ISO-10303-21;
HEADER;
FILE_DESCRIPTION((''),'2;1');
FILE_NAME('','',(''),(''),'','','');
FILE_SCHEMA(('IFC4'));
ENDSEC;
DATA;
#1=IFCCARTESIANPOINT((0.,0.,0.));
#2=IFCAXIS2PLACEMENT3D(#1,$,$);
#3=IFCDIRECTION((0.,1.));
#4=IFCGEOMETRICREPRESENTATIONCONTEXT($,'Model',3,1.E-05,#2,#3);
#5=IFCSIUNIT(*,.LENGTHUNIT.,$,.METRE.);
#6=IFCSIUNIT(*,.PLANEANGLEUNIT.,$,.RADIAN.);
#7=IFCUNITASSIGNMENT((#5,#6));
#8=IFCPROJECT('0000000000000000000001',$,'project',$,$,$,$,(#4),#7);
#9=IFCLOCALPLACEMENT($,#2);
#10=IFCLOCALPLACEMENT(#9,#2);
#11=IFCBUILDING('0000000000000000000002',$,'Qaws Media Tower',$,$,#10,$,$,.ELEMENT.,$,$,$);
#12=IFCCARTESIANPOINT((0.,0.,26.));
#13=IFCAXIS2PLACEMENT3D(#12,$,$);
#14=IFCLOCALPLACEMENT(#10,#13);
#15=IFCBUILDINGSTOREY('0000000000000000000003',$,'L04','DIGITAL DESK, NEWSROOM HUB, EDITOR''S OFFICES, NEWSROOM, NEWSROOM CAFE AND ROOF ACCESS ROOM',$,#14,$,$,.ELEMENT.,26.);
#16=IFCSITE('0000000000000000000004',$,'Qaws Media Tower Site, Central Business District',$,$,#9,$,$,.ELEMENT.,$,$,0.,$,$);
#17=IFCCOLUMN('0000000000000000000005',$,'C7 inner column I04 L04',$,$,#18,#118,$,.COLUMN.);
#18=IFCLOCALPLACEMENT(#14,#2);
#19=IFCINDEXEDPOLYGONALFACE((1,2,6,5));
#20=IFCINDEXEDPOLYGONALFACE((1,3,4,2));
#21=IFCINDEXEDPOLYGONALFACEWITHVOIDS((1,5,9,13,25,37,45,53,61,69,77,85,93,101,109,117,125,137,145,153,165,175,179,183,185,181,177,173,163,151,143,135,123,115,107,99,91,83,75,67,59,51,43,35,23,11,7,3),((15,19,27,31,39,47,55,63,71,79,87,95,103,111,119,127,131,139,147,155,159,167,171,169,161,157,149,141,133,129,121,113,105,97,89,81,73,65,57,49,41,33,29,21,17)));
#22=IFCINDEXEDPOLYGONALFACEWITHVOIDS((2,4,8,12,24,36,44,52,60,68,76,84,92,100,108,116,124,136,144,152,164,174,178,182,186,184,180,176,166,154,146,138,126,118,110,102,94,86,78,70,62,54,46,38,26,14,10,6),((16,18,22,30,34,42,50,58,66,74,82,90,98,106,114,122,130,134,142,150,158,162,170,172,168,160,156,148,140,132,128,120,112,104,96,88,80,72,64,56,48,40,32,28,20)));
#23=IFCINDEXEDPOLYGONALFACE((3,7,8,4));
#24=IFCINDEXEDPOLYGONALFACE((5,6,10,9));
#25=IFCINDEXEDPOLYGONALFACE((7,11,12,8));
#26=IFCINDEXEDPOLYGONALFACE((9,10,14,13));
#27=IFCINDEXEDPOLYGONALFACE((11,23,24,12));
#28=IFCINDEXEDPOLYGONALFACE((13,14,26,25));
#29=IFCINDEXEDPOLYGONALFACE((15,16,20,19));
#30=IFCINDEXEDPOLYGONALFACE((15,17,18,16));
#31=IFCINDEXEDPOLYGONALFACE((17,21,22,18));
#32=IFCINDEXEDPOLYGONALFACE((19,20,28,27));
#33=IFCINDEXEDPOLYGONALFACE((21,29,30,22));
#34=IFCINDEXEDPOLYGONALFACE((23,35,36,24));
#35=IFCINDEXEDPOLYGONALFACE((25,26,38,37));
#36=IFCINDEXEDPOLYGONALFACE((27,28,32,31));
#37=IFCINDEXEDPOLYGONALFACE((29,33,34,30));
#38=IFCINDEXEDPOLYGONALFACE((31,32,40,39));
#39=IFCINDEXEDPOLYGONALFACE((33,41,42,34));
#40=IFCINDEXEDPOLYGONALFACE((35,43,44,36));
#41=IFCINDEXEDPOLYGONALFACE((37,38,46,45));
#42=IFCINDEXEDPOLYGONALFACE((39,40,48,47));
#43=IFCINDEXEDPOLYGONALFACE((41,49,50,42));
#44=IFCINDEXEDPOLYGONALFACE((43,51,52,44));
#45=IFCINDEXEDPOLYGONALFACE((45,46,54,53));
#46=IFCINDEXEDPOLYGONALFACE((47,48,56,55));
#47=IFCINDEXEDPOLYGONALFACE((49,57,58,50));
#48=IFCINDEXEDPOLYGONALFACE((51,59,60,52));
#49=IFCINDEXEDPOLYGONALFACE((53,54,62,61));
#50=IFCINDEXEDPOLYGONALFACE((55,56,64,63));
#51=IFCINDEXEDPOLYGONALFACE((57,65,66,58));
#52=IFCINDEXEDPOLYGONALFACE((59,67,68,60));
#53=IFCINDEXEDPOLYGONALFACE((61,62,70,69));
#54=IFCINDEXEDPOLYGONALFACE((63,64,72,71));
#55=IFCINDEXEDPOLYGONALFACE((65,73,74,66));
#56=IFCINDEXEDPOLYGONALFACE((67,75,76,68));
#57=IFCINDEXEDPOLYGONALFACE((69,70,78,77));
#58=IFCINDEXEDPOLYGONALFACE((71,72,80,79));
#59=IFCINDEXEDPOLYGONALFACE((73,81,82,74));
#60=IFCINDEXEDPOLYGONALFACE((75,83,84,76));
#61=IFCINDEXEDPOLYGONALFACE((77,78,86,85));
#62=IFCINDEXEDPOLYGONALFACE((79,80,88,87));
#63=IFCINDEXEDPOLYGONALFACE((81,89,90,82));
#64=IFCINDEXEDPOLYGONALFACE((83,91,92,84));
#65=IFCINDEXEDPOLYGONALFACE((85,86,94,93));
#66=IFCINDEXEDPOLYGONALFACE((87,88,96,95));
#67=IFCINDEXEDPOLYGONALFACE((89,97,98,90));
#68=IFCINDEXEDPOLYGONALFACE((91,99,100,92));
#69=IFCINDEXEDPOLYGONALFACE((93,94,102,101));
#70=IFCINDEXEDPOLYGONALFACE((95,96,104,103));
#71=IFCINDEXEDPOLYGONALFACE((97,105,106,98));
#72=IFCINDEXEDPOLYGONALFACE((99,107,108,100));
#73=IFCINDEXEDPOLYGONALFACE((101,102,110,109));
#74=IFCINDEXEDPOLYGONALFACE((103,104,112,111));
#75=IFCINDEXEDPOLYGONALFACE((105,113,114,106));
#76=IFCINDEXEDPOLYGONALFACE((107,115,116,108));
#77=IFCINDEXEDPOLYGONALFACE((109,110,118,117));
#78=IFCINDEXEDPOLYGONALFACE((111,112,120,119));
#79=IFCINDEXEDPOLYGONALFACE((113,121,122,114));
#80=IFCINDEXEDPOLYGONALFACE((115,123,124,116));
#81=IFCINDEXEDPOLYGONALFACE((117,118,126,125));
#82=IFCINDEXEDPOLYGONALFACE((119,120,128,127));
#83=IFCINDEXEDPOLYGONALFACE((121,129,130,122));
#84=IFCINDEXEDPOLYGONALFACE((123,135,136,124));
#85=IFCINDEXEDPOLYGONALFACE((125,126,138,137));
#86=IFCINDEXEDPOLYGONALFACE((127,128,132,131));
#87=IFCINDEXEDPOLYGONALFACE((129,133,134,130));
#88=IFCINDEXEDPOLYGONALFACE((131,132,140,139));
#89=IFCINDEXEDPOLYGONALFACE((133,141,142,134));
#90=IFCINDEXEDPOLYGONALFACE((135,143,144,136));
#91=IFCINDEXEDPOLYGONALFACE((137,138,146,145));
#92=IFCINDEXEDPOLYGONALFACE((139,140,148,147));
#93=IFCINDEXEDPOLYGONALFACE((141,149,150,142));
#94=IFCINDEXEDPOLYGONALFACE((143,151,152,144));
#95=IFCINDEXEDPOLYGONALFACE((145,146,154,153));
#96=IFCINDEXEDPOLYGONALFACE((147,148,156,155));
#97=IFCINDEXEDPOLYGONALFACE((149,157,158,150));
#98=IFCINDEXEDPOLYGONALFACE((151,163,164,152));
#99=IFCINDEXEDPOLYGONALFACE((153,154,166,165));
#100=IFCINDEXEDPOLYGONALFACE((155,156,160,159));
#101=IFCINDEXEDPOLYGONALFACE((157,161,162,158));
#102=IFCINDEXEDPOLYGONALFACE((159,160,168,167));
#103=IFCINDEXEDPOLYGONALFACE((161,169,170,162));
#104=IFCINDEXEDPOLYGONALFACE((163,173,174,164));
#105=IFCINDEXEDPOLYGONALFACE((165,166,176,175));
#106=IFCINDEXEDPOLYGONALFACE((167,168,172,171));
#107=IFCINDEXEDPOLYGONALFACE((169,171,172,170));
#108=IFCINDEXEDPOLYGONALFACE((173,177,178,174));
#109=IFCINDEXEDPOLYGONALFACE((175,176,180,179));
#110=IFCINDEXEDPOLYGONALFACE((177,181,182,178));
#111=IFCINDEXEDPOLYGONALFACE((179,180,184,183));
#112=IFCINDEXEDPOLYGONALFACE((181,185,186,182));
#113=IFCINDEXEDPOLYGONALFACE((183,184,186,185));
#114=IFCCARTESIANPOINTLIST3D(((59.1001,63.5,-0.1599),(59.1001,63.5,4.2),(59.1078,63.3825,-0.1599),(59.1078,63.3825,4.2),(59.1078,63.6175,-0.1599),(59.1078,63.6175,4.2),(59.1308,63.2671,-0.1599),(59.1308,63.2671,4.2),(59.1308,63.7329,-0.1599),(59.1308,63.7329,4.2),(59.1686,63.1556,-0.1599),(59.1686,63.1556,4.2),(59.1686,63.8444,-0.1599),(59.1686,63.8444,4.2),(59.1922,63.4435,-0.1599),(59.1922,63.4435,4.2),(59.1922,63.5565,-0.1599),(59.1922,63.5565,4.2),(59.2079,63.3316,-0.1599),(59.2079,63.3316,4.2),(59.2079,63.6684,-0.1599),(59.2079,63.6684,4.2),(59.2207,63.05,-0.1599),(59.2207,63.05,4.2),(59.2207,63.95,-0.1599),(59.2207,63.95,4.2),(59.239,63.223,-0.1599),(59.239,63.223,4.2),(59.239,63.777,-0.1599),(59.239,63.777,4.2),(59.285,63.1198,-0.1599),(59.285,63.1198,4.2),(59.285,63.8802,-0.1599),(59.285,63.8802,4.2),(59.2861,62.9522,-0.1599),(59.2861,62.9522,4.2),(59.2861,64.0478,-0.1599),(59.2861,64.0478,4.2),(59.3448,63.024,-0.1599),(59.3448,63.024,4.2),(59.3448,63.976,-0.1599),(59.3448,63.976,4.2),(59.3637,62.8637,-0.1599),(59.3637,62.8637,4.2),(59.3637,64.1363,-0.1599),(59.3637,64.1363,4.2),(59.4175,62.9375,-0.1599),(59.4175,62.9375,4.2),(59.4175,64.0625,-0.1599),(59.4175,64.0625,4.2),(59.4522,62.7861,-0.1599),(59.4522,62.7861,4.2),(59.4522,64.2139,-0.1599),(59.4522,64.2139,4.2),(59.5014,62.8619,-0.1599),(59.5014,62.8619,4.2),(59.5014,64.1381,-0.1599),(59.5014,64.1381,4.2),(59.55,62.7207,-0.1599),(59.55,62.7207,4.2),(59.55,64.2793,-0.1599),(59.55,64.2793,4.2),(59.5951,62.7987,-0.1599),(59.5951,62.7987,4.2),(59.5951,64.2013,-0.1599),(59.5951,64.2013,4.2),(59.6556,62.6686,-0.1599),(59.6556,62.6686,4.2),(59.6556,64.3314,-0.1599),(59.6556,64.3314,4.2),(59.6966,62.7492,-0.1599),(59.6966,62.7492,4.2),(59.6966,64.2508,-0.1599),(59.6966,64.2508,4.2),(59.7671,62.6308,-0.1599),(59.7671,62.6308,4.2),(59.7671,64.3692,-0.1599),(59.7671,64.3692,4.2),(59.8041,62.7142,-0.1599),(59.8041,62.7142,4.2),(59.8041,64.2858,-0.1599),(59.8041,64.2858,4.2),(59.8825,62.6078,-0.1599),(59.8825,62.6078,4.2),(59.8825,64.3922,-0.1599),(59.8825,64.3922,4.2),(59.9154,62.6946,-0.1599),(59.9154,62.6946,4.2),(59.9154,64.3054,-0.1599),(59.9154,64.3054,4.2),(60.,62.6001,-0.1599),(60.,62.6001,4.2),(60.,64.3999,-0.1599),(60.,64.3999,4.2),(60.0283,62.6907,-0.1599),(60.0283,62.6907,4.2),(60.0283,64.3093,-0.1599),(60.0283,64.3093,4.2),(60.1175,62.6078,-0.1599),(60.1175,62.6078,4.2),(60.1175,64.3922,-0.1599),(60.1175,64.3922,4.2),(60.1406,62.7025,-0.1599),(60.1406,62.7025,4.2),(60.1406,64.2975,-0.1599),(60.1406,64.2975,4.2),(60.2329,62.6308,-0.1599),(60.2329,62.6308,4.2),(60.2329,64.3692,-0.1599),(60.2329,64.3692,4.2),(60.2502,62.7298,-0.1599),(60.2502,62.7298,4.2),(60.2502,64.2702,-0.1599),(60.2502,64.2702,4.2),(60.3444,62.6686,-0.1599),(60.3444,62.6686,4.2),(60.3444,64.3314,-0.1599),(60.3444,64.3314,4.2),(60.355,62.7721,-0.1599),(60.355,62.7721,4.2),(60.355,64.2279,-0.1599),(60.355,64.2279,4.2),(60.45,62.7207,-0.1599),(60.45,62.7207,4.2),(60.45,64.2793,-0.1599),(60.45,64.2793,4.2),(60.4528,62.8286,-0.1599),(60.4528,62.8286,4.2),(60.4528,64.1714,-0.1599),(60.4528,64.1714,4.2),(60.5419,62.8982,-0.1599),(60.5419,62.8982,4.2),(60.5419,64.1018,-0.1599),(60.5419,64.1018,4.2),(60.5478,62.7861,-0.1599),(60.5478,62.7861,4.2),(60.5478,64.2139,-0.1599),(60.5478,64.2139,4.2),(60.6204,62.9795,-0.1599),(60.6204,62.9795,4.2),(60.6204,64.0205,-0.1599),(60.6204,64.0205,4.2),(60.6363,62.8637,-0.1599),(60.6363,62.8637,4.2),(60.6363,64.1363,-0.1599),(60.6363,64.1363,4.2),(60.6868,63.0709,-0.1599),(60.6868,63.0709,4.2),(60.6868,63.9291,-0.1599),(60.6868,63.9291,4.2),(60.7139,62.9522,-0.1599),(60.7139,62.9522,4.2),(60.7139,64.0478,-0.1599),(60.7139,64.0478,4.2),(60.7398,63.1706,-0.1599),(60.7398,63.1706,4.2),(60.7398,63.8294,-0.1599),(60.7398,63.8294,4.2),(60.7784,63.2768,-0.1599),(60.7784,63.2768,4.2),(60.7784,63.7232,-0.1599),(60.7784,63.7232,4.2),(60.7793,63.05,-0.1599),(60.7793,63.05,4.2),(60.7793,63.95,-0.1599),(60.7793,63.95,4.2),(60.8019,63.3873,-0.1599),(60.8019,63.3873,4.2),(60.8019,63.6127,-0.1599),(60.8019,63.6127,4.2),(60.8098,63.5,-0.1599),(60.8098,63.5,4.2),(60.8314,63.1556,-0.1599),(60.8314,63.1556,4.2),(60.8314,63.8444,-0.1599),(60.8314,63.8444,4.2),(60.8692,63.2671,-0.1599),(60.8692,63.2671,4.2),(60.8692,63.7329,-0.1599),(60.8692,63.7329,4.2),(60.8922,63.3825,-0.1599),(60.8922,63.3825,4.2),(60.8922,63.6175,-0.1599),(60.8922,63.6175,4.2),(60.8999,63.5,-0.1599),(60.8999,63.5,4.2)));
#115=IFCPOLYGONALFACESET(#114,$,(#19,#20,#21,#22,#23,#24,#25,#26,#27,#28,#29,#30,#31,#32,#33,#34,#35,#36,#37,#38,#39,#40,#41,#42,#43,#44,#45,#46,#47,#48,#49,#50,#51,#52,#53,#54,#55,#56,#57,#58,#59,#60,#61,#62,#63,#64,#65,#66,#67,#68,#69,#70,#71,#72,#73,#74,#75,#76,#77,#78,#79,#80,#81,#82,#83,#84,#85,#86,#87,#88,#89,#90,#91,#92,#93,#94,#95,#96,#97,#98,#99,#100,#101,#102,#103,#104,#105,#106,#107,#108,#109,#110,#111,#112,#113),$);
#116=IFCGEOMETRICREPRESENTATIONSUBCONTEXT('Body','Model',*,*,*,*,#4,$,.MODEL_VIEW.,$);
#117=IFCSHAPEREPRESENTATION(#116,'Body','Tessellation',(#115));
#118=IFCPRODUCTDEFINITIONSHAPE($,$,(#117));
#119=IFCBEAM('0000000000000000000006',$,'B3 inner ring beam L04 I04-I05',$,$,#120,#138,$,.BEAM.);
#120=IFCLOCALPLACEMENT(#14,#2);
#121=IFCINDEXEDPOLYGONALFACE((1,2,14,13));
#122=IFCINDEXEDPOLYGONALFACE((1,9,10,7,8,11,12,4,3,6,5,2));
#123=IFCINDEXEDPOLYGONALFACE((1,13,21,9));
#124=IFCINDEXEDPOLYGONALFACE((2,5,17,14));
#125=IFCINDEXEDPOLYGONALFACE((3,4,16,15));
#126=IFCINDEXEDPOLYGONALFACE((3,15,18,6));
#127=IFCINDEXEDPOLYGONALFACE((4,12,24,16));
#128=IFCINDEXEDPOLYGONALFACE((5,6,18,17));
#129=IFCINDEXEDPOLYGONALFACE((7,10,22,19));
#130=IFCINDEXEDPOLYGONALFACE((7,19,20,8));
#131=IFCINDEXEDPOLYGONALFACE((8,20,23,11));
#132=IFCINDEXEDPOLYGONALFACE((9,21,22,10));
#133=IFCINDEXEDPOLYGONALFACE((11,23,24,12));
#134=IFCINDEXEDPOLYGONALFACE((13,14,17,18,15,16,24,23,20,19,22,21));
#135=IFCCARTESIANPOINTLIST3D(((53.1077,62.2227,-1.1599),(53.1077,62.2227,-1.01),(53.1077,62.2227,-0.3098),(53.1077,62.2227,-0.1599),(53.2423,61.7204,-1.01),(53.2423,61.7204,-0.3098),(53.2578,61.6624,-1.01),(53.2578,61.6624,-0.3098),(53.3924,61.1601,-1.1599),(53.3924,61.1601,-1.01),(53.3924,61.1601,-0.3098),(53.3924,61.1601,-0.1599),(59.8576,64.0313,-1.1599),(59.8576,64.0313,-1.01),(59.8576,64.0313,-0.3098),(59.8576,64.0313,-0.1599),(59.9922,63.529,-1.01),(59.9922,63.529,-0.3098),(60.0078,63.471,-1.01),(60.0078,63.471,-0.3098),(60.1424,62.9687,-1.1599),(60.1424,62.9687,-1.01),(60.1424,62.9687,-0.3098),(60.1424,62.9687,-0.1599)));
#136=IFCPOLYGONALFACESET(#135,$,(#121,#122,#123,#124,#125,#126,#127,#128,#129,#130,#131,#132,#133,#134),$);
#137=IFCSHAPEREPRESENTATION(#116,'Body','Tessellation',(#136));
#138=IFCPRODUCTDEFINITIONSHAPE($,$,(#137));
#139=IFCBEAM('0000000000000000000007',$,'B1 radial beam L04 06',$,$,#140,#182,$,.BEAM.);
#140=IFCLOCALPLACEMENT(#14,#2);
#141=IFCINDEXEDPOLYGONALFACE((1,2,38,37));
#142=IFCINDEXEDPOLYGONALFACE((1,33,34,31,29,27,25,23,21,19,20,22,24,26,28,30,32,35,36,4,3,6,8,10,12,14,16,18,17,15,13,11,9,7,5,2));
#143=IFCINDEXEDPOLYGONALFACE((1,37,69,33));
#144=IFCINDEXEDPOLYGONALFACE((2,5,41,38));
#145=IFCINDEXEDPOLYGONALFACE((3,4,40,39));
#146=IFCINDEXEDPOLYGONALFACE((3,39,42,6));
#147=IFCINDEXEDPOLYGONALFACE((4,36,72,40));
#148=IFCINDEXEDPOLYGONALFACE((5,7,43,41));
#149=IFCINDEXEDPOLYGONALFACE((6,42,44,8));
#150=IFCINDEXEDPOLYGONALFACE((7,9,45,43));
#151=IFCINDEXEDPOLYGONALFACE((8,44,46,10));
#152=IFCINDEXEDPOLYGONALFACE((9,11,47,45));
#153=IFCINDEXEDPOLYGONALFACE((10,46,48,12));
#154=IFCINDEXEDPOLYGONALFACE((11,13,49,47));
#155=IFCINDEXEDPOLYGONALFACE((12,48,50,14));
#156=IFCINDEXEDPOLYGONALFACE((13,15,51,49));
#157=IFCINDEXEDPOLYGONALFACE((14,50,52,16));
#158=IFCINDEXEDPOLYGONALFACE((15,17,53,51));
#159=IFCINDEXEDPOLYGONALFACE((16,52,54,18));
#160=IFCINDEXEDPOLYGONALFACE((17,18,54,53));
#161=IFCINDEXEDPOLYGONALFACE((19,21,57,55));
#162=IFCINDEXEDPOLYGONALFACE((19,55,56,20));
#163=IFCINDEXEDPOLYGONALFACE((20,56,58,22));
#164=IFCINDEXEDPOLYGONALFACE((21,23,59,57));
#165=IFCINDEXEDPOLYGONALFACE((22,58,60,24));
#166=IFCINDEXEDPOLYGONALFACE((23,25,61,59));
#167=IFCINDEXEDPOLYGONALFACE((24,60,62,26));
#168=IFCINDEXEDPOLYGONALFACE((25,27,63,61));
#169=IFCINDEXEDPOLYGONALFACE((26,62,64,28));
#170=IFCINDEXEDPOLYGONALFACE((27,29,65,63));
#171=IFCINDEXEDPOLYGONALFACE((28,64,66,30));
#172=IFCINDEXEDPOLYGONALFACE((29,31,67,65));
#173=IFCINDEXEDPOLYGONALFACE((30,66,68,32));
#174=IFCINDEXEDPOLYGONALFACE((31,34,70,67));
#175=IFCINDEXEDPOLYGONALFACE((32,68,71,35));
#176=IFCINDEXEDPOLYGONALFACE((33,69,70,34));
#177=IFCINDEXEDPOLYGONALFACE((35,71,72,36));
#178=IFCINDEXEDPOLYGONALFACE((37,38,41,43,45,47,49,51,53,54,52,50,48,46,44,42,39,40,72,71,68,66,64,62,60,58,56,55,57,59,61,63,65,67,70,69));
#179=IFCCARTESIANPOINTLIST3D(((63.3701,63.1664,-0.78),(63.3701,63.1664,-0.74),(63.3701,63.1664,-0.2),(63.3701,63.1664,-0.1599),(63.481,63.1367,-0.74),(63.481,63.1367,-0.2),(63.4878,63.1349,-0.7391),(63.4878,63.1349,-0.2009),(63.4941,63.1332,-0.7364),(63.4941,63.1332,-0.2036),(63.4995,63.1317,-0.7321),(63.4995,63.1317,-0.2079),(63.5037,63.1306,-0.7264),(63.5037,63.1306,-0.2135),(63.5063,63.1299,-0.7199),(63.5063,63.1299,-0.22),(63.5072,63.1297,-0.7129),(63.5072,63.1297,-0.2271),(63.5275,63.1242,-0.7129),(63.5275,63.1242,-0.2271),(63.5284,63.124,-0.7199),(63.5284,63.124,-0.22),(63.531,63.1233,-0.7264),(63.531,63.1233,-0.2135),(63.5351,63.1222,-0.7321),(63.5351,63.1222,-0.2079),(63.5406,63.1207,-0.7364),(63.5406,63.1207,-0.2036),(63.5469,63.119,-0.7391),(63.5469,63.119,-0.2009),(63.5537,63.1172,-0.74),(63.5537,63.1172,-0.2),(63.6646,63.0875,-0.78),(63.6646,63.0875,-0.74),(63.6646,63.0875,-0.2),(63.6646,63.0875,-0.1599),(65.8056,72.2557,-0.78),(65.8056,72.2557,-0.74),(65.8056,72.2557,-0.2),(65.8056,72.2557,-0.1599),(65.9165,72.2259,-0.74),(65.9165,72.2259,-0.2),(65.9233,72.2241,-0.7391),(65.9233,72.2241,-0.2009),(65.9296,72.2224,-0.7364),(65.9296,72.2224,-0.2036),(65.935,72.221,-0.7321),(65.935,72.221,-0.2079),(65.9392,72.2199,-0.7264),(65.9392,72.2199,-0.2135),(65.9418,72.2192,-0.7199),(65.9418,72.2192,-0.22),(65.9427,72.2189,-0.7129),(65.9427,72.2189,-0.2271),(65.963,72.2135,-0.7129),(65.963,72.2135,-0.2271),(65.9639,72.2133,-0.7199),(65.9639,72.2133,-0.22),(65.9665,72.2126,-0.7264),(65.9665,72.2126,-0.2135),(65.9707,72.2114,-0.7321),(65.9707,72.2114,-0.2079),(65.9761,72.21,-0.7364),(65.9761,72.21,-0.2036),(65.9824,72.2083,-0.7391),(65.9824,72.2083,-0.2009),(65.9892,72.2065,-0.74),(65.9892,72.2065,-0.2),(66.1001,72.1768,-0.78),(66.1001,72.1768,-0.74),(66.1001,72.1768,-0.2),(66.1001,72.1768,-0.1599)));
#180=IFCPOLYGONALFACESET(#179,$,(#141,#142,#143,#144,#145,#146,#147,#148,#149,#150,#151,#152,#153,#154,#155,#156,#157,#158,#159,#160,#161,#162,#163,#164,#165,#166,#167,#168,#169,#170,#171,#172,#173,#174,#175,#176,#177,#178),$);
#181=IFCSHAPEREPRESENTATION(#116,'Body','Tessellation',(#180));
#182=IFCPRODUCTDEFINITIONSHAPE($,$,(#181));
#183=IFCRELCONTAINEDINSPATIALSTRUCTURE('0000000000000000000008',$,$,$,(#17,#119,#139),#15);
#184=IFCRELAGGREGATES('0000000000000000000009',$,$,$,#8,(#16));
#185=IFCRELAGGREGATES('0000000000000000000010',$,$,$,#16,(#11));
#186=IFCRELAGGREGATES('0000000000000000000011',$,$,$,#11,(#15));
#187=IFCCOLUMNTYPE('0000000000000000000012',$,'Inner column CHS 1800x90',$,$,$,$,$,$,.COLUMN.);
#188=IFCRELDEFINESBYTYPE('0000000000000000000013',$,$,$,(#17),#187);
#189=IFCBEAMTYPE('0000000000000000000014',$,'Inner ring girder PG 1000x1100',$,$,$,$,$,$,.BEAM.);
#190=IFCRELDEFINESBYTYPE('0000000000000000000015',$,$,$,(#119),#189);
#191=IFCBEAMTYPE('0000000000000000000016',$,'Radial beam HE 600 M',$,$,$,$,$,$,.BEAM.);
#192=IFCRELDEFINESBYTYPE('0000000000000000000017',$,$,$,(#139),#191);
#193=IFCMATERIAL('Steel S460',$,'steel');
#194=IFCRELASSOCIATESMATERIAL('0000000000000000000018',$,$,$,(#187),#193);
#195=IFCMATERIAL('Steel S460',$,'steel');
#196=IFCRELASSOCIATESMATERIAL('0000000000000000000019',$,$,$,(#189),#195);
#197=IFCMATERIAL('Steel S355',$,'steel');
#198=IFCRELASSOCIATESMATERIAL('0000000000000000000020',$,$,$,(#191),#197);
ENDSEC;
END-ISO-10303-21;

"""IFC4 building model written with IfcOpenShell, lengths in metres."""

from ifc_helpers import new_model, si_unit, direction, frame, origin, origin_2d, place, context, subcontext, project, spatial, hollow_circle, i_section, extrude, material, material_profile, profile_set, type_object, element, save


model = new_model("IFC4")

# Units and contexts
model_context = context("Model", 3, precision=1e-05, world=origin(), true_north=direction((0.0, 1.0)))
body_context = subcontext(model_context, "Body", "Model", "MODEL_VIEW")
ifc_project = project(units=[si_unit("LENGTHUNIT", "METRE"), si_unit("PLANEANGLEUNIT", "RADIAN")], contexts=[model_context])

# Site, building, storey
site_placement = place(None, origin())
site = spatial("IfcSite", under=ifc_project, at=site_placement, Name="Qaws Media Tower Site, Central Business District", CompositionType="ELEMENT", RefElevation=0.0)
building_placement = place(site_placement, origin())
building = spatial("IfcBuilding", under=site, at=building_placement, Name="Qaws Media Tower", CompositionType="ELEMENT")
storey_placement = place(building_placement, frame((0.0, 0.0, 26.0)))
storey = spatial("IfcBuildingStorey", under=building, at=storey_placement, Name="L04", Description="DIGITAL DESK, NEWSROOM HUB, EDITOR'S OFFICES, NEWSROOM, NEWSROOM CAFE AND ROOF ACCESS ROOM", CompositionType="ELEMENT", Elevation=26.0)

# Column
ifc_material_1 = material(Name="Steel S460", Category="steel")
ifc_material_profile_1 = material_profile(ifc_material_1, hollow_circle(Radius=0.8999, WallThickness=0.0901, at=origin_2d()), Name="CHS 1800x90")
ifc_profile_set_1 = profile_set([ifc_material_profile_1], Name="Steel S460")
column_type = type_object("IfcColumnType", Name="Inner column CHS 1800x90", PredefinedType="COLUMN", material=ifc_profile_set_1)
column_placement = place(storey_placement, frame((60.0, 63.5, -0.1599), z_axis=(0.0, 0.0, 1.0), x_axis=(1.0, 0.0, 0.0)))
element("IfcColumn", 1, at=column_placement, inside=storey, type_object=column_type, Name="C7 inner column I04 L04", PredefinedType="COLUMN", context=body_context, shape_type="SweptSolid", body=[
    extrude(hollow_circle(Radius=0.8999, WallThickness=0.0901, at=origin_2d()), origin(), (0.0, 0.0, 1.0), 4.3599),
])

# Beams
ifc_material_2 = material(Name="Steel S460", Category="steel")
ifc_material_profile_2 = material_profile(ifc_material_2, i_section(OverallWidth=1.1001, OverallDepth=1.0, WebThickness=0.0601, FlangeThickness=0.1499, at=origin_2d()), Name="PG 1000x1100")
ifc_profile_set_2 = profile_set([ifc_material_profile_2], Name="Steel S460")
beam_type_1 = type_object("IfcBeamType", Name="Inner ring girder PG 1000x1100", PredefinedType="BEAM", material=ifc_profile_set_2)
beam_1_placement = place(storey_placement, frame((60.0, 63.5, -0.6599), z_axis=(-0.965928, -0.258811, 0.0), x_axis=(0.258811, -0.965928, 0.0)))
element("IfcBeam", 2, at=beam_1_placement, inside=storey, type_object=beam_type_1, Name="B3 inner ring beam L04 I04-I05", PredefinedType="BEAM", context=body_context, shape_type="SweptSolid", body=[
    extrude(i_section(OverallWidth=1.1001, OverallDepth=1.0, WebThickness=0.0601, FlangeThickness=0.1499, at=origin_2d()), origin(), (0.0, 0.0, 1.0), 6.988),
])
ifc_material_3 = material(Name="Steel S355", Category="steel")
ifc_material_profile_3 = material_profile(ifc_material_3, i_section(OverallWidth=0.3049, OverallDepth=0.6201, WebThickness=0.021, FlangeThickness=0.04, FilletRadius=0.0271, at=origin_2d()), Name="HE 600 M")
ifc_profile_set_3 = profile_set([ifc_material_profile_3], Name="Steel S355")
beam_type_2 = type_object("IfcBeamType", Name="Radial beam HE 600 M", PredefinedType="BEAM", material=ifc_profile_set_3)
beam_2_placement = place(storey_placement, frame((63.5173, 63.127, -0.47), z_axis=(0.258825, 0.965924, 0.0), x_axis=(-0.965924, 0.258825, 0.0)))
element("IfcBeam", 3, at=beam_2_placement, inside=storey, type_object=beam_type_2, Name="B1 radial beam L04 06", PredefinedType="BEAM", context=body_context, shape_type="SweptSolid", body=[
    extrude(i_section(OverallWidth=0.3049, OverallDepth=0.6201, WebThickness=0.021, FlangeThickness=0.04, FilletRadius=0.0271, at=origin_2d()), origin(), (0.0, 0.0, 1.0), 9.4099),
])

save(model, "model.ifc")
